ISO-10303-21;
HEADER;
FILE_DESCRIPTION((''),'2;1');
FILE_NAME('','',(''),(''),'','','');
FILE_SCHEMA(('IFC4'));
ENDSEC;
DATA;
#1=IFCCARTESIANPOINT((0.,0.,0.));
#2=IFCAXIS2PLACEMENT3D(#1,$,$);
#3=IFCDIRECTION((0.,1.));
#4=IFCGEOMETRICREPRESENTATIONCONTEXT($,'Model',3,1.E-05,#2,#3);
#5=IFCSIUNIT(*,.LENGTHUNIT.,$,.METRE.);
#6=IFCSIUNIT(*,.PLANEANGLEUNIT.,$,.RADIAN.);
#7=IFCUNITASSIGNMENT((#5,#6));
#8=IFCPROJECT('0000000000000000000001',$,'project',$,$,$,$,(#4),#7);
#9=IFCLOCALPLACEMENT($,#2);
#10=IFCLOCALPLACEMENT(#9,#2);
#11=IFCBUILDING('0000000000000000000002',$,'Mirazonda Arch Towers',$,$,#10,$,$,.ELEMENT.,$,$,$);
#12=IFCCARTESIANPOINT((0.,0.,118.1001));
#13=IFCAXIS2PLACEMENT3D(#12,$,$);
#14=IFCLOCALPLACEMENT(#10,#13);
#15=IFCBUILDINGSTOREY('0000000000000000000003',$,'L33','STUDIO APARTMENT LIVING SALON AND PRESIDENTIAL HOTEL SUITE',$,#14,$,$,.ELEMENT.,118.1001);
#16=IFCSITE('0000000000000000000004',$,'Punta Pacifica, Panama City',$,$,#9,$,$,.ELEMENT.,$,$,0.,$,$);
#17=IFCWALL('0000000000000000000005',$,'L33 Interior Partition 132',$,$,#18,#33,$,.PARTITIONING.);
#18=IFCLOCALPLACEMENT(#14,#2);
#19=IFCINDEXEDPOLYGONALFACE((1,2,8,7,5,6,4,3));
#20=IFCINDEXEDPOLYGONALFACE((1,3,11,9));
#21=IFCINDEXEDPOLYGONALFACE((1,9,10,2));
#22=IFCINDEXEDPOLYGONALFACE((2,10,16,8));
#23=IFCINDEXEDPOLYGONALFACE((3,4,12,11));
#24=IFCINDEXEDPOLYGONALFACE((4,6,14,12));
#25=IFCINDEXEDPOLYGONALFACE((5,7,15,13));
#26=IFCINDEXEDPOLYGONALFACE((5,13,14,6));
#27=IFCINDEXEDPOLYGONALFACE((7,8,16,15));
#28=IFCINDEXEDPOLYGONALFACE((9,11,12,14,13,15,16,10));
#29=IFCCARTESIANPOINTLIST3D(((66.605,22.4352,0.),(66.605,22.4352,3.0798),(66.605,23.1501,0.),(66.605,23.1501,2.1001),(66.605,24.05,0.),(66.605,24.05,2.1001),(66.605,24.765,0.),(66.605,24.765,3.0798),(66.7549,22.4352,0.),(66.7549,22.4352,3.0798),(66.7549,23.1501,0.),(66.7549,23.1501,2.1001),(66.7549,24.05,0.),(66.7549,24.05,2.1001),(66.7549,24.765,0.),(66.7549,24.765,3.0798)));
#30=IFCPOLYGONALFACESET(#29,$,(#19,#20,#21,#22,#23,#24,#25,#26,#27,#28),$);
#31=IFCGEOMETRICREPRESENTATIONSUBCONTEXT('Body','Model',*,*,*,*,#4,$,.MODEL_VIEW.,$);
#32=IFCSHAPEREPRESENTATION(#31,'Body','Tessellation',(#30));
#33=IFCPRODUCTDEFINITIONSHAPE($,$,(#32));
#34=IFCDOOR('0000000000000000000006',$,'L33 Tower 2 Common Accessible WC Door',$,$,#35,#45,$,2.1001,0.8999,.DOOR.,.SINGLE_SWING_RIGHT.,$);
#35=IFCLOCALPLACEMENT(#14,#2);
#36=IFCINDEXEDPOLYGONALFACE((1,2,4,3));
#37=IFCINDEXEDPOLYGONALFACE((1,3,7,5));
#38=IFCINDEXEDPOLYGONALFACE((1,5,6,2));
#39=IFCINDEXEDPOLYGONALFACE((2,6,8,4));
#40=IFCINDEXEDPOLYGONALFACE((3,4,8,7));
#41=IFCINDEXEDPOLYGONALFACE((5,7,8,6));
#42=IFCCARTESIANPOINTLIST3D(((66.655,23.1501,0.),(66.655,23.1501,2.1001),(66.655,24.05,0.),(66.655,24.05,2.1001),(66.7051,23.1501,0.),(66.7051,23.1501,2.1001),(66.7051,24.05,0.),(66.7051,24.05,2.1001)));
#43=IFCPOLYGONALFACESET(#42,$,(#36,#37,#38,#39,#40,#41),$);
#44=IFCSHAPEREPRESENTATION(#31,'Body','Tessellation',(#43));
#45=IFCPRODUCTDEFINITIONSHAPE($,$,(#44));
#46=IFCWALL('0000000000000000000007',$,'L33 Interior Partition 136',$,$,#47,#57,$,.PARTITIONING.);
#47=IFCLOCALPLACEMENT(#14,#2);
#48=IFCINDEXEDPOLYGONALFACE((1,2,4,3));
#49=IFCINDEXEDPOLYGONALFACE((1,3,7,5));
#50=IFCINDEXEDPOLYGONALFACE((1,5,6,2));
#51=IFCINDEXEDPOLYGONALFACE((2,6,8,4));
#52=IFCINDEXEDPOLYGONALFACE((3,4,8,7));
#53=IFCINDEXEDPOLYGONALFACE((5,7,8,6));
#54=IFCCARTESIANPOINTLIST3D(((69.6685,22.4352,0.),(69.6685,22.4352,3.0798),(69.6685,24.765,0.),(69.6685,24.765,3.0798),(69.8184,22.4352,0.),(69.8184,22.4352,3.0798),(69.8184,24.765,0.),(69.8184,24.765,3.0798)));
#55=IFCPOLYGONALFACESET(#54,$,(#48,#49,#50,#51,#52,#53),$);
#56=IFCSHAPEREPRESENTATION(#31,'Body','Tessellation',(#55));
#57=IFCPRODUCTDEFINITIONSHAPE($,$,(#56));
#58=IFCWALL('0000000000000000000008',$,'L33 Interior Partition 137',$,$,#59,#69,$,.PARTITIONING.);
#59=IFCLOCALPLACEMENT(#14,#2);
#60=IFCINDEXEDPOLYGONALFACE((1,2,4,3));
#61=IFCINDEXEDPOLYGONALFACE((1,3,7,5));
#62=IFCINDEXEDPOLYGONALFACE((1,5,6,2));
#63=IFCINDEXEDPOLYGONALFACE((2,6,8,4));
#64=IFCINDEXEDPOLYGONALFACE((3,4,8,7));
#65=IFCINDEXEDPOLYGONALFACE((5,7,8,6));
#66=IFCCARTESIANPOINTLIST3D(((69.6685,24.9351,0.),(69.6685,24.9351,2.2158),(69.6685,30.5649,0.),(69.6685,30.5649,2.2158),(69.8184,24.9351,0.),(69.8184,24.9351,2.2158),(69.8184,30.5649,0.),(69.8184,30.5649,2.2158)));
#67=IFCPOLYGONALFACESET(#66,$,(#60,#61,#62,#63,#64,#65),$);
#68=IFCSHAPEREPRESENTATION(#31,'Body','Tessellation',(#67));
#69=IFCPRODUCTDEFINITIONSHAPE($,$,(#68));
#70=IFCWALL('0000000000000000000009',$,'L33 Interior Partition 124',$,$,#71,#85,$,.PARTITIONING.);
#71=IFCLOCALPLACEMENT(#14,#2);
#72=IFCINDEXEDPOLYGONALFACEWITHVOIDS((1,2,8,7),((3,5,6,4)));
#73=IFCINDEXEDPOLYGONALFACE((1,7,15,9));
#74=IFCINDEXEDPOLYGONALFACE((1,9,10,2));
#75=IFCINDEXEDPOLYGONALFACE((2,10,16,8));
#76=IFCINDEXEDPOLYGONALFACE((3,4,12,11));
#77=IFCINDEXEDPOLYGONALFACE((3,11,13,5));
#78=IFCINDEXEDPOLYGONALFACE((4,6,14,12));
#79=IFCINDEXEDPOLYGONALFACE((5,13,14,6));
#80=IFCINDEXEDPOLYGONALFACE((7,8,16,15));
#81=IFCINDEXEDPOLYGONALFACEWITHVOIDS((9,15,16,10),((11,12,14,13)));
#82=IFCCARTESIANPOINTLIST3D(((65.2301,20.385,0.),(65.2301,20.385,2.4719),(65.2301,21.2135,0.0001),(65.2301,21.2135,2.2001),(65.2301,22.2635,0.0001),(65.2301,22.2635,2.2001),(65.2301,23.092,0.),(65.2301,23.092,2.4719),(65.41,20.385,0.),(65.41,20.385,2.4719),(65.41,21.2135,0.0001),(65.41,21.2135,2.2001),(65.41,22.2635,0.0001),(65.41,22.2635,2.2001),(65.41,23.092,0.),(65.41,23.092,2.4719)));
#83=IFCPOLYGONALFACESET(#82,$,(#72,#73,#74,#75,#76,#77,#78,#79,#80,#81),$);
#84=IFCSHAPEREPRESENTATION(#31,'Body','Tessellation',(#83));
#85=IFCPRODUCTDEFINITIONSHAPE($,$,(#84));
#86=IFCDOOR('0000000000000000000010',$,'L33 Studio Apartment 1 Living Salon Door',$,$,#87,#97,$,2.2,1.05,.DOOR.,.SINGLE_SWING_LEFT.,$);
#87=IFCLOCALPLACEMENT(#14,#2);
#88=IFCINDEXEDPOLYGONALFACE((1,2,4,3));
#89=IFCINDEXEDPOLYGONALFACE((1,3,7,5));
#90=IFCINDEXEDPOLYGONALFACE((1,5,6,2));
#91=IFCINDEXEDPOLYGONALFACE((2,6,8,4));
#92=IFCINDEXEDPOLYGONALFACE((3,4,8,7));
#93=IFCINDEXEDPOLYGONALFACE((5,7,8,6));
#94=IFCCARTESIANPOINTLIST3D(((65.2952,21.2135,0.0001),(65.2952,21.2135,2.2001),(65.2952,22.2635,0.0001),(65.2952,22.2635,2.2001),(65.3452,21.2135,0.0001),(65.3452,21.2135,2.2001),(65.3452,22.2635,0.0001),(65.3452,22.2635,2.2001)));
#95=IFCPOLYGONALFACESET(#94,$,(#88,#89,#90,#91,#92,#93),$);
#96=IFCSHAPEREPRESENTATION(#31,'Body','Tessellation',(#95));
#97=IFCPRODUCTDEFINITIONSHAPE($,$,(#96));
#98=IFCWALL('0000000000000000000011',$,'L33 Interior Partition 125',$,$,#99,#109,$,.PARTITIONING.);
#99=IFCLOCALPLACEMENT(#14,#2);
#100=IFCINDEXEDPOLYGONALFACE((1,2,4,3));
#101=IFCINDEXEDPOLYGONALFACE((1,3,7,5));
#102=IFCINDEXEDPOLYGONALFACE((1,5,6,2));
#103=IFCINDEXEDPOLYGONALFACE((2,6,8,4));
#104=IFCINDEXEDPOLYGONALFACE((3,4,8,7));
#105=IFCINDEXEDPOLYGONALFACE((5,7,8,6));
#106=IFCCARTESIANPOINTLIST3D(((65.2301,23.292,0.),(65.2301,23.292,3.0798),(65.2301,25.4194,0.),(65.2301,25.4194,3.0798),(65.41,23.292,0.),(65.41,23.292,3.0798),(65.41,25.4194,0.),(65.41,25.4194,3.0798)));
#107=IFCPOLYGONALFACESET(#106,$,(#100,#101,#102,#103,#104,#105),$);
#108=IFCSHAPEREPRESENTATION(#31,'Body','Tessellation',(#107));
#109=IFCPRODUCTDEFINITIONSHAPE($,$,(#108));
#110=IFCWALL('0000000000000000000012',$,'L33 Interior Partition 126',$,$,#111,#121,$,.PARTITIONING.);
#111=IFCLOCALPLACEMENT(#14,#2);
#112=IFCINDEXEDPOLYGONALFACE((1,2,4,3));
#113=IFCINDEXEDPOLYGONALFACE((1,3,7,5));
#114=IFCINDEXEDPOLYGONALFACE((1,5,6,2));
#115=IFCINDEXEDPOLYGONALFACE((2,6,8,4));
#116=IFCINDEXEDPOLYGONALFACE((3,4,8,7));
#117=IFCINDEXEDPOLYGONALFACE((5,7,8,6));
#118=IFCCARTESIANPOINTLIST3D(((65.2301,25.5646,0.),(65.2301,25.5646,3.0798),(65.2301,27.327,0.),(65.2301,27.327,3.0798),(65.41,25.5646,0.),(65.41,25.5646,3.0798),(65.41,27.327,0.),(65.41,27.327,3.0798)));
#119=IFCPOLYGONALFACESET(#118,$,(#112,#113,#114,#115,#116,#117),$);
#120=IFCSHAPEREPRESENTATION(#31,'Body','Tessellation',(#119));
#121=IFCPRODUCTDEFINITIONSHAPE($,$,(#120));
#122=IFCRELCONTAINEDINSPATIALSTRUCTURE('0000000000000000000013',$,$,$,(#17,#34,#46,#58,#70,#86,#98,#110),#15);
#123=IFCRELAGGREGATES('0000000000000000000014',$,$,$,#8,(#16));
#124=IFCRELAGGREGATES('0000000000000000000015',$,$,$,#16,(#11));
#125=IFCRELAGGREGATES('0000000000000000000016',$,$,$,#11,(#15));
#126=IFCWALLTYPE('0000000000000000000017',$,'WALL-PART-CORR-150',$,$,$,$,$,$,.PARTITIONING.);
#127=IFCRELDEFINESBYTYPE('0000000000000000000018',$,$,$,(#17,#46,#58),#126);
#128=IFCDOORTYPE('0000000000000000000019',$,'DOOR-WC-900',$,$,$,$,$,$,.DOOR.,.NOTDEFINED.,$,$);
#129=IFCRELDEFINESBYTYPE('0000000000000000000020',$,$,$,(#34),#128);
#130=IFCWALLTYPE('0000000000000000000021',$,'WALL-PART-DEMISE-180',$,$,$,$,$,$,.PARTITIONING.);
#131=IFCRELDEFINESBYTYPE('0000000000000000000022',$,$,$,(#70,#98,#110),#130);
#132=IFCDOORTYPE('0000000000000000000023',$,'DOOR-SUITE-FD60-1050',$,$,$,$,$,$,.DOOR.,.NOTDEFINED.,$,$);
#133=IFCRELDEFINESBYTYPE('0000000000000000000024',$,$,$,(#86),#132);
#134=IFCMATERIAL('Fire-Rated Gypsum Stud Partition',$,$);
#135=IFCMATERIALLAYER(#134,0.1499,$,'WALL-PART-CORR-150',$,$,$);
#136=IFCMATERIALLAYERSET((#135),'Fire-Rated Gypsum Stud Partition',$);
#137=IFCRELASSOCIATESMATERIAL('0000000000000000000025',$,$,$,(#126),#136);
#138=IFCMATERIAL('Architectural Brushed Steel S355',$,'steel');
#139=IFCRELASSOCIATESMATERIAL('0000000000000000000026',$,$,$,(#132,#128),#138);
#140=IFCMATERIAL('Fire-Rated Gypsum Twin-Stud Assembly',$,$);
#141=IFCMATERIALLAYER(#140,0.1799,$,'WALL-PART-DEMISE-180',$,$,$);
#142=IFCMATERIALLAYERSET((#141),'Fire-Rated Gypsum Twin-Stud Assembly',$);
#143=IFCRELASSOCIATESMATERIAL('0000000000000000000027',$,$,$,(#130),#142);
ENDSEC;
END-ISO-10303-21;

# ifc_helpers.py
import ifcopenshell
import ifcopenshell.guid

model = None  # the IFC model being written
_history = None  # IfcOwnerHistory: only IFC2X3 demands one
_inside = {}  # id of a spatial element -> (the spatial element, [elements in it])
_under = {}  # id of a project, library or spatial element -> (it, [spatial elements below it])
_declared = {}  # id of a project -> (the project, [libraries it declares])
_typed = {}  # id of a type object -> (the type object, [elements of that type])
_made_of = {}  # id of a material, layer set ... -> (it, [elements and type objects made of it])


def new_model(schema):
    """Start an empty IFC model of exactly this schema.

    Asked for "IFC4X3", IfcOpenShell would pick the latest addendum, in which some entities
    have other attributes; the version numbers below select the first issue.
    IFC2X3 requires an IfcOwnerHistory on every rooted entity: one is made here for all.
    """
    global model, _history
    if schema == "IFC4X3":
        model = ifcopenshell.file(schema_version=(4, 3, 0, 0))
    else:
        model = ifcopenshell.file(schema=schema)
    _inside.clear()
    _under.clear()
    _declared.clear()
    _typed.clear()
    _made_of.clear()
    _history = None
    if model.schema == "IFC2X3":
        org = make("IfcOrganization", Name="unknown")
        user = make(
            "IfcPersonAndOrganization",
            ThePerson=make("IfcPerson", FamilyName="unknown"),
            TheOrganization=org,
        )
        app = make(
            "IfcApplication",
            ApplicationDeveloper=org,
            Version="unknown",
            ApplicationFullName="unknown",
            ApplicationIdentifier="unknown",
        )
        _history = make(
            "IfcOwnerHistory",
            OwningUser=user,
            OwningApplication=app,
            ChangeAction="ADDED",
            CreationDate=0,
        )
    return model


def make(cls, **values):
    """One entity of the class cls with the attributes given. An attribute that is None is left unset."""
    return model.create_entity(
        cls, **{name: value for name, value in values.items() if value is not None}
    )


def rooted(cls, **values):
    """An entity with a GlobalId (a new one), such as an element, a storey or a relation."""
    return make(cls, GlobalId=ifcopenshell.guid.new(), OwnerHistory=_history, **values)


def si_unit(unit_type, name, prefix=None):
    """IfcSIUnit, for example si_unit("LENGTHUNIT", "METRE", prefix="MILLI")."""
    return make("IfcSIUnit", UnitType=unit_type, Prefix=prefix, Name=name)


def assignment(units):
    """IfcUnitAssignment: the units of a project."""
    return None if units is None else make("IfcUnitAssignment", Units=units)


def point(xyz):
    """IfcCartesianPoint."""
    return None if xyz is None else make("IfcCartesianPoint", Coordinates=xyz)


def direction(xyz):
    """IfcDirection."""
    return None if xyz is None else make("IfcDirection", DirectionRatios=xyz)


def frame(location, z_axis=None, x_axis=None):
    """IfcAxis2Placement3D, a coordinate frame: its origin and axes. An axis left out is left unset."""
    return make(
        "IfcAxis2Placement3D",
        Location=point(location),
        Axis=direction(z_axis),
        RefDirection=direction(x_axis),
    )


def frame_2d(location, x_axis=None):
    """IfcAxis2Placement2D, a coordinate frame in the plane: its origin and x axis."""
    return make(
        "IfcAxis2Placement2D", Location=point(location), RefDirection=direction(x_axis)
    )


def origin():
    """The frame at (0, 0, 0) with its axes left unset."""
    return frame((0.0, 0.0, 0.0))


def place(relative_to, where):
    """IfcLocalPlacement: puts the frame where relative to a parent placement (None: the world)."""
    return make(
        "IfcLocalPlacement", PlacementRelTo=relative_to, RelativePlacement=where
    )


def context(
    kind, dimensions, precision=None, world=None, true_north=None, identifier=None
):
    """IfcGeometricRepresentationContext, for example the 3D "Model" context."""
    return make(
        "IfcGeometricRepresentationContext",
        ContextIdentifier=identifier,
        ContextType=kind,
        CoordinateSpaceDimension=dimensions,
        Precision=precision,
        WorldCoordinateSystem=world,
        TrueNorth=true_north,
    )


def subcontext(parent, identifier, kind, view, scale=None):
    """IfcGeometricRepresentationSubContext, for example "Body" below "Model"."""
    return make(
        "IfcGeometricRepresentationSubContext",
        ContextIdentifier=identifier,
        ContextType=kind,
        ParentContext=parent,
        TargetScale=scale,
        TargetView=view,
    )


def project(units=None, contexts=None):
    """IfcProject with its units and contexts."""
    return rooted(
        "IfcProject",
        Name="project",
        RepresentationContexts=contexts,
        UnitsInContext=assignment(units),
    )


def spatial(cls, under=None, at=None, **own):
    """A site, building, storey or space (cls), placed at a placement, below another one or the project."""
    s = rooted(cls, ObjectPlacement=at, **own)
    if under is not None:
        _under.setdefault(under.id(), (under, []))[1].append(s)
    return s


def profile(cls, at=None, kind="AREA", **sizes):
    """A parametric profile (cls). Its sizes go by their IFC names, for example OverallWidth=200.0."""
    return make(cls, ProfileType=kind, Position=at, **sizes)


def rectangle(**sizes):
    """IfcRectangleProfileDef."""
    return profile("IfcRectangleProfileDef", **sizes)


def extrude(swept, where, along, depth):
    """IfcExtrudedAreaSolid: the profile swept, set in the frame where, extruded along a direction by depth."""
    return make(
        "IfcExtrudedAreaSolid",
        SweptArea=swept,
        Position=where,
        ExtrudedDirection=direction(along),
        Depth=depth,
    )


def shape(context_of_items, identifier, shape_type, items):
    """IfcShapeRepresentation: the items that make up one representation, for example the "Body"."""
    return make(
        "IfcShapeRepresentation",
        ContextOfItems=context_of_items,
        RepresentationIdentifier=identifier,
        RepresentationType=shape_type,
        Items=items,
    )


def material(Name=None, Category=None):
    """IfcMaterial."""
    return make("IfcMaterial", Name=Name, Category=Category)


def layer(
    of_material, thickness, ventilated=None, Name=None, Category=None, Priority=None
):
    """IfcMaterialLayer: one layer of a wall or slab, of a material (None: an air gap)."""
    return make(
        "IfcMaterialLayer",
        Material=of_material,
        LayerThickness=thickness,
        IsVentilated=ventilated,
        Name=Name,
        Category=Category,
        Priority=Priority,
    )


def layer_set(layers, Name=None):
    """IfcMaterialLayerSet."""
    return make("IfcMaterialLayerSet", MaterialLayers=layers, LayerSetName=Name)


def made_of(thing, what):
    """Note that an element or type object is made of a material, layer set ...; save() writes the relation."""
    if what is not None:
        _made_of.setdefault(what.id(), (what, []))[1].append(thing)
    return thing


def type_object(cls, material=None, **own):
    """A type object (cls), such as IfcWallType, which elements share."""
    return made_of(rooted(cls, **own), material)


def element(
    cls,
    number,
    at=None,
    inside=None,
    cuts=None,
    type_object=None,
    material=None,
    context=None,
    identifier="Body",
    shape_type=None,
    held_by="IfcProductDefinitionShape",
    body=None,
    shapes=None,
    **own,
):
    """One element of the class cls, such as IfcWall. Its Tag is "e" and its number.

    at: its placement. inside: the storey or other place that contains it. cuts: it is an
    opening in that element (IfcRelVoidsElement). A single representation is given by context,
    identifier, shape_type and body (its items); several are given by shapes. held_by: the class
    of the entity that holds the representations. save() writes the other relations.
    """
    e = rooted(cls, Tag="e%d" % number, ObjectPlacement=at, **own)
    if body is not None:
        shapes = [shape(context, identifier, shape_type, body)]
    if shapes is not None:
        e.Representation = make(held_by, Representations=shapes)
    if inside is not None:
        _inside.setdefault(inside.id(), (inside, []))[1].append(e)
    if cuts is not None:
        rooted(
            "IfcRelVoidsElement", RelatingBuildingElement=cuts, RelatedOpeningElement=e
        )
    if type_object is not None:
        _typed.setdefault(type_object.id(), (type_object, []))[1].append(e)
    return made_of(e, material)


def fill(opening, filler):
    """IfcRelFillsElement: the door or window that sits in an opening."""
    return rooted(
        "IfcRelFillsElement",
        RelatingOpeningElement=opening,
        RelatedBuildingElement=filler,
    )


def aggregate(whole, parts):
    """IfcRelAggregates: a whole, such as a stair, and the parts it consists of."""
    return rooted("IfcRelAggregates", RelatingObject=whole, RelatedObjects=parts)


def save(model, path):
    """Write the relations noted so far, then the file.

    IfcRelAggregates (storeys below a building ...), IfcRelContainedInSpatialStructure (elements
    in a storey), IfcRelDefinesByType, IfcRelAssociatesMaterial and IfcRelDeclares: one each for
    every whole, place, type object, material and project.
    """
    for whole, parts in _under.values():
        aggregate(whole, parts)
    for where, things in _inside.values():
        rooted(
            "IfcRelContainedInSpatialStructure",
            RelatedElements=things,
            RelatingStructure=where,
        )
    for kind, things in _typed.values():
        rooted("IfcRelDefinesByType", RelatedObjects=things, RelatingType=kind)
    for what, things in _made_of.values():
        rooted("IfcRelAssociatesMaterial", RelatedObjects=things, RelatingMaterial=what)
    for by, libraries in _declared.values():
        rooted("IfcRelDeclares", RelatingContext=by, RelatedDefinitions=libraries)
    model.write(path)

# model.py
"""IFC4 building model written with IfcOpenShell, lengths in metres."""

from ifc_helpers import new_model, si_unit, direction, frame, frame_2d, origin, place, context, subcontext, project, spatial, rectangle, extrude, material, layer, layer_set, type_object, element, fill, save


model = new_model("IFC4")

# Units and contexts
model_context = context("Model", 3, precision=1e-05, world=origin(), true_north=direction((0.0, 1.0)))
body_context = subcontext(model_context, "Body", "Model", "MODEL_VIEW")
ifc_project = project(units=[si_unit("LENGTHUNIT", "METRE"), si_unit("PLANEANGLEUNIT", "RADIAN")], contexts=[model_context])

# Site, building, storey
site_placement = place(None, origin())
site = spatial("IfcSite", under=ifc_project, at=site_placement, Name="Punta Pacifica, Panama City", CompositionType="ELEMENT", RefElevation=0.0)
building_placement = place(site_placement, origin())
building = spatial("IfcBuilding", under=site, at=building_placement, Name="Mirazonda Arch Towers", CompositionType="ELEMENT")
storey_placement = place(building_placement, frame((0.0, 0.0, 118.1001)))
storey = spatial("IfcBuildingStorey", under=building, at=storey_placement, Name="L33", Description="STUDIO APARTMENT LIVING SALON AND PRESIDENTIAL HOTEL SUITE", CompositionType="ELEMENT", Elevation=118.1001)

# Shared definitions
ifc_material_1 = material(Name="Architectural Brushed Steel S355", Category="steel")

# Shared definitions
ifc_material_2 = material(Name="Fire-Rated Gypsum Stud Partition")
ifc_layer_1 = layer(ifc_material_2, 0.1499, Name="WALL-PART-CORR-150")
ifc_layer_set_1 = layer_set([ifc_layer_1], Name="Fire-Rated Gypsum Stud Partition")
wall_type_1 = type_object("IfcWallType", Name="WALL-PART-CORR-150", PredefinedType="PARTITIONING", material=ifc_layer_set_1)

# Shared definitions
door_type_1 = type_object("IfcDoorType", Name="DOOR-SUITE-FD60-1050", OperationType="NOTDEFINED", PredefinedType="DOOR", material=ifc_material_1)

# Wall, opening, door
wall_1_placement = place(storey_placement, frame((66.6799, 22.4351, 0.0), z_axis=(0.0, 0.0, 1.0), x_axis=(0.0, 1.0, 0.0)))
wall_1 = element("IfcWall", 1, at=wall_1_placement, inside=storey, type_object=wall_type_1, Name="L33 Interior Partition 132", PredefinedType="PARTITIONING", context=body_context, shape_type="SweptSolid", body=[
    extrude(rectangle(XDim=2.3298, YDim=0.1499, at=frame_2d((1.165, 0.0))), origin(), (0.0, 0.0, 1.0), 3.0798),
])
opening_1_placement = place(wall_1_placement, frame((0.7151, 0.0, 0.0)))
opening_1 = element("IfcOpeningElement", 2, at=opening_1_placement, cuts=wall_1, PredefinedType="OPENING", context=body_context, shape_type="SweptSolid", body=[
    extrude(rectangle(XDim=0.8999, YDim=2.1001, at=frame_2d((0.45, 1.05))), frame((0.0, 0.085, 0.0), z_axis=(0.0, -1.0, 0.0), x_axis=(1.0, 0.0, 0.0)), (0.0, 0.0, 1.0), 0.1699),
])
door_type_2 = type_object("IfcDoorType", Name="DOOR-WC-900", OperationType="NOTDEFINED", PredefinedType="DOOR", material=ifc_material_1)
door_1_placement = place(opening_1_placement, origin())
door_1 = element("IfcDoor", 3, at=door_1_placement, inside=storey, type_object=door_type_2, Name="L33 Tower 2 Common Accessible WC Door", OperationType="SINGLE_SWING_RIGHT", OverallHeight=2.1001, OverallWidth=0.8999, PredefinedType="DOOR", context=body_context, shape_type="SweptSolid", body=[
    extrude(rectangle(XDim=0.8999, YDim=2.1001, at=frame_2d((0.45, 1.05))), frame((0.0, 0.0249, 0.0), z_axis=(0.0, -1.0, 0.0), x_axis=(1.0, 0.0, 0.0)), (0.0, 0.0, 1.0), 0.05),
])
fill(opening_1, door_1)

# Walls
wall_2_placement = place(storey_placement, frame((69.7434, 22.4351, 0.0), z_axis=(0.0, 0.0, 1.0), x_axis=(0.0, 1.0, 0.0)))
element("IfcWall", 4, at=wall_2_placement, inside=storey, type_object=wall_type_1, Name="L33 Interior Partition 136", PredefinedType="PARTITIONING", context=body_context, shape_type="SweptSolid", body=[
    extrude(rectangle(XDim=2.3298, YDim=0.1499, at=frame_2d((1.165, 0.0))), origin(), (0.0, 0.0, 1.0), 3.0798),
])
wall_3_placement = place(storey_placement, frame((69.7434, 24.9351, 0.0), z_axis=(0.0, 0.0, 1.0), x_axis=(0.0, 1.0, 0.0)))
element("IfcWall", 5, at=wall_3_placement, inside=storey, type_object=wall_type_1, Name="L33 Interior Partition 137", PredefinedType="PARTITIONING", context=body_context, shape_type="SweptSolid", body=[
    extrude(rectangle(XDim=5.6299, YDim=0.1499, at=frame_2d((2.8149, 0.0))), origin(), (0.0, 0.0, 1.0), 2.2158),
])

# Wall, opening, door
ifc_material_3 = material(Name="Fire-Rated Gypsum Twin-Stud Assembly")
ifc_layer_2 = layer(ifc_material_3, 0.1799, Name="WALL-PART-DEMISE-180")
ifc_layer_set_2 = layer_set([ifc_layer_2], Name="Fire-Rated Gypsum Twin-Stud Assembly")
wall_type_2 = type_object("IfcWallType", Name="WALL-PART-DEMISE-180", PredefinedType="PARTITIONING", material=ifc_layer_set_2)
wall_4_placement = place(storey_placement, frame((65.3201, 20.385, 0.0), z_axis=(0.0, 0.0, 1.0), x_axis=(0.0, 1.0, 0.0)))
wall_4 = element("IfcWall", 6, at=wall_4_placement, inside=storey, type_object=wall_type_2, Name="L33 Interior Partition 124", PredefinedType="PARTITIONING", context=body_context, shape_type="SweptSolid", body=[
    extrude(rectangle(XDim=2.707, YDim=0.1799, at=frame_2d((1.3535, 0.0))), origin(), (0.0, 0.0, 1.0), 2.4719),
])
opening_2_placement = place(wall_4_placement, frame((0.8286, 0.0, 0.0)))
opening_2 = element("IfcOpeningElement", 7, at=opening_2_placement, cuts=wall_4, PredefinedType="OPENING", context=body_context, shape_type="SweptSolid", body=[
    extrude(rectangle(XDim=1.05, YDim=2.2, at=frame_2d((0.5249, 1.1001))), frame((0.0, 0.0999, 0.0), z_axis=(0.0, -1.0, 0.0), x_axis=(1.0, 0.0, 0.0)), (0.0, 0.0, 1.0), 0.2),
])
door_2_placement = place(opening_2_placement, origin())
door_2 = element("IfcDoor", 8, at=door_2_placement, inside=storey, type_object=door_type_1, Name="L33 Studio Apartment 1 Living Salon Door", OperationType="SINGLE_SWING_LEFT", OverallHeight=2.2, OverallWidth=1.05, PredefinedType="DOOR", context=body_context, shape_type="SweptSolid", body=[
    extrude(rectangle(XDim=1.05, YDim=2.2, at=frame_2d((0.5249, 1.1001))), frame((0.0, 0.0249, 0.0), z_axis=(0.0, -1.0, 0.0), x_axis=(1.0, 0.0, 0.0)), (0.0, 0.0, 1.0), 0.05),
])
fill(opening_2, door_2)

# Walls
wall_5_placement = place(storey_placement, frame((65.3201, 23.292, 0.0), z_axis=(0.0, 0.0, 1.0), x_axis=(0.0, 1.0, 0.0)))
element("IfcWall", 9, at=wall_5_placement, inside=storey, type_object=wall_type_2, Name="L33 Interior Partition 125", PredefinedType="PARTITIONING", context=body_context, shape_type="SweptSolid", body=[
    extrude(rectangle(XDim=2.1274, YDim=0.1799, at=frame_2d((1.0637, 0.0))), origin(), (0.0, 0.0, 1.0), 3.0798),
])
wall_6_placement = place(storey_placement, frame((65.3201, 25.5645, 0.0), z_axis=(0.0, 0.0, 1.0), x_axis=(0.0, 1.0, 0.0)))
element("IfcWall", 10, at=wall_6_placement, inside=storey, type_object=wall_type_2, Name="L33 Interior Partition 126", PredefinedType="PARTITIONING", context=body_context, shape_type="SweptSolid", body=[
    extrude(rectangle(XDim=1.7625, YDim=0.1799, at=frame_2d((0.8813, 0.0))), origin(), (0.0, 0.0, 1.0), 3.0798),
])

save(model, "model.ifc")
